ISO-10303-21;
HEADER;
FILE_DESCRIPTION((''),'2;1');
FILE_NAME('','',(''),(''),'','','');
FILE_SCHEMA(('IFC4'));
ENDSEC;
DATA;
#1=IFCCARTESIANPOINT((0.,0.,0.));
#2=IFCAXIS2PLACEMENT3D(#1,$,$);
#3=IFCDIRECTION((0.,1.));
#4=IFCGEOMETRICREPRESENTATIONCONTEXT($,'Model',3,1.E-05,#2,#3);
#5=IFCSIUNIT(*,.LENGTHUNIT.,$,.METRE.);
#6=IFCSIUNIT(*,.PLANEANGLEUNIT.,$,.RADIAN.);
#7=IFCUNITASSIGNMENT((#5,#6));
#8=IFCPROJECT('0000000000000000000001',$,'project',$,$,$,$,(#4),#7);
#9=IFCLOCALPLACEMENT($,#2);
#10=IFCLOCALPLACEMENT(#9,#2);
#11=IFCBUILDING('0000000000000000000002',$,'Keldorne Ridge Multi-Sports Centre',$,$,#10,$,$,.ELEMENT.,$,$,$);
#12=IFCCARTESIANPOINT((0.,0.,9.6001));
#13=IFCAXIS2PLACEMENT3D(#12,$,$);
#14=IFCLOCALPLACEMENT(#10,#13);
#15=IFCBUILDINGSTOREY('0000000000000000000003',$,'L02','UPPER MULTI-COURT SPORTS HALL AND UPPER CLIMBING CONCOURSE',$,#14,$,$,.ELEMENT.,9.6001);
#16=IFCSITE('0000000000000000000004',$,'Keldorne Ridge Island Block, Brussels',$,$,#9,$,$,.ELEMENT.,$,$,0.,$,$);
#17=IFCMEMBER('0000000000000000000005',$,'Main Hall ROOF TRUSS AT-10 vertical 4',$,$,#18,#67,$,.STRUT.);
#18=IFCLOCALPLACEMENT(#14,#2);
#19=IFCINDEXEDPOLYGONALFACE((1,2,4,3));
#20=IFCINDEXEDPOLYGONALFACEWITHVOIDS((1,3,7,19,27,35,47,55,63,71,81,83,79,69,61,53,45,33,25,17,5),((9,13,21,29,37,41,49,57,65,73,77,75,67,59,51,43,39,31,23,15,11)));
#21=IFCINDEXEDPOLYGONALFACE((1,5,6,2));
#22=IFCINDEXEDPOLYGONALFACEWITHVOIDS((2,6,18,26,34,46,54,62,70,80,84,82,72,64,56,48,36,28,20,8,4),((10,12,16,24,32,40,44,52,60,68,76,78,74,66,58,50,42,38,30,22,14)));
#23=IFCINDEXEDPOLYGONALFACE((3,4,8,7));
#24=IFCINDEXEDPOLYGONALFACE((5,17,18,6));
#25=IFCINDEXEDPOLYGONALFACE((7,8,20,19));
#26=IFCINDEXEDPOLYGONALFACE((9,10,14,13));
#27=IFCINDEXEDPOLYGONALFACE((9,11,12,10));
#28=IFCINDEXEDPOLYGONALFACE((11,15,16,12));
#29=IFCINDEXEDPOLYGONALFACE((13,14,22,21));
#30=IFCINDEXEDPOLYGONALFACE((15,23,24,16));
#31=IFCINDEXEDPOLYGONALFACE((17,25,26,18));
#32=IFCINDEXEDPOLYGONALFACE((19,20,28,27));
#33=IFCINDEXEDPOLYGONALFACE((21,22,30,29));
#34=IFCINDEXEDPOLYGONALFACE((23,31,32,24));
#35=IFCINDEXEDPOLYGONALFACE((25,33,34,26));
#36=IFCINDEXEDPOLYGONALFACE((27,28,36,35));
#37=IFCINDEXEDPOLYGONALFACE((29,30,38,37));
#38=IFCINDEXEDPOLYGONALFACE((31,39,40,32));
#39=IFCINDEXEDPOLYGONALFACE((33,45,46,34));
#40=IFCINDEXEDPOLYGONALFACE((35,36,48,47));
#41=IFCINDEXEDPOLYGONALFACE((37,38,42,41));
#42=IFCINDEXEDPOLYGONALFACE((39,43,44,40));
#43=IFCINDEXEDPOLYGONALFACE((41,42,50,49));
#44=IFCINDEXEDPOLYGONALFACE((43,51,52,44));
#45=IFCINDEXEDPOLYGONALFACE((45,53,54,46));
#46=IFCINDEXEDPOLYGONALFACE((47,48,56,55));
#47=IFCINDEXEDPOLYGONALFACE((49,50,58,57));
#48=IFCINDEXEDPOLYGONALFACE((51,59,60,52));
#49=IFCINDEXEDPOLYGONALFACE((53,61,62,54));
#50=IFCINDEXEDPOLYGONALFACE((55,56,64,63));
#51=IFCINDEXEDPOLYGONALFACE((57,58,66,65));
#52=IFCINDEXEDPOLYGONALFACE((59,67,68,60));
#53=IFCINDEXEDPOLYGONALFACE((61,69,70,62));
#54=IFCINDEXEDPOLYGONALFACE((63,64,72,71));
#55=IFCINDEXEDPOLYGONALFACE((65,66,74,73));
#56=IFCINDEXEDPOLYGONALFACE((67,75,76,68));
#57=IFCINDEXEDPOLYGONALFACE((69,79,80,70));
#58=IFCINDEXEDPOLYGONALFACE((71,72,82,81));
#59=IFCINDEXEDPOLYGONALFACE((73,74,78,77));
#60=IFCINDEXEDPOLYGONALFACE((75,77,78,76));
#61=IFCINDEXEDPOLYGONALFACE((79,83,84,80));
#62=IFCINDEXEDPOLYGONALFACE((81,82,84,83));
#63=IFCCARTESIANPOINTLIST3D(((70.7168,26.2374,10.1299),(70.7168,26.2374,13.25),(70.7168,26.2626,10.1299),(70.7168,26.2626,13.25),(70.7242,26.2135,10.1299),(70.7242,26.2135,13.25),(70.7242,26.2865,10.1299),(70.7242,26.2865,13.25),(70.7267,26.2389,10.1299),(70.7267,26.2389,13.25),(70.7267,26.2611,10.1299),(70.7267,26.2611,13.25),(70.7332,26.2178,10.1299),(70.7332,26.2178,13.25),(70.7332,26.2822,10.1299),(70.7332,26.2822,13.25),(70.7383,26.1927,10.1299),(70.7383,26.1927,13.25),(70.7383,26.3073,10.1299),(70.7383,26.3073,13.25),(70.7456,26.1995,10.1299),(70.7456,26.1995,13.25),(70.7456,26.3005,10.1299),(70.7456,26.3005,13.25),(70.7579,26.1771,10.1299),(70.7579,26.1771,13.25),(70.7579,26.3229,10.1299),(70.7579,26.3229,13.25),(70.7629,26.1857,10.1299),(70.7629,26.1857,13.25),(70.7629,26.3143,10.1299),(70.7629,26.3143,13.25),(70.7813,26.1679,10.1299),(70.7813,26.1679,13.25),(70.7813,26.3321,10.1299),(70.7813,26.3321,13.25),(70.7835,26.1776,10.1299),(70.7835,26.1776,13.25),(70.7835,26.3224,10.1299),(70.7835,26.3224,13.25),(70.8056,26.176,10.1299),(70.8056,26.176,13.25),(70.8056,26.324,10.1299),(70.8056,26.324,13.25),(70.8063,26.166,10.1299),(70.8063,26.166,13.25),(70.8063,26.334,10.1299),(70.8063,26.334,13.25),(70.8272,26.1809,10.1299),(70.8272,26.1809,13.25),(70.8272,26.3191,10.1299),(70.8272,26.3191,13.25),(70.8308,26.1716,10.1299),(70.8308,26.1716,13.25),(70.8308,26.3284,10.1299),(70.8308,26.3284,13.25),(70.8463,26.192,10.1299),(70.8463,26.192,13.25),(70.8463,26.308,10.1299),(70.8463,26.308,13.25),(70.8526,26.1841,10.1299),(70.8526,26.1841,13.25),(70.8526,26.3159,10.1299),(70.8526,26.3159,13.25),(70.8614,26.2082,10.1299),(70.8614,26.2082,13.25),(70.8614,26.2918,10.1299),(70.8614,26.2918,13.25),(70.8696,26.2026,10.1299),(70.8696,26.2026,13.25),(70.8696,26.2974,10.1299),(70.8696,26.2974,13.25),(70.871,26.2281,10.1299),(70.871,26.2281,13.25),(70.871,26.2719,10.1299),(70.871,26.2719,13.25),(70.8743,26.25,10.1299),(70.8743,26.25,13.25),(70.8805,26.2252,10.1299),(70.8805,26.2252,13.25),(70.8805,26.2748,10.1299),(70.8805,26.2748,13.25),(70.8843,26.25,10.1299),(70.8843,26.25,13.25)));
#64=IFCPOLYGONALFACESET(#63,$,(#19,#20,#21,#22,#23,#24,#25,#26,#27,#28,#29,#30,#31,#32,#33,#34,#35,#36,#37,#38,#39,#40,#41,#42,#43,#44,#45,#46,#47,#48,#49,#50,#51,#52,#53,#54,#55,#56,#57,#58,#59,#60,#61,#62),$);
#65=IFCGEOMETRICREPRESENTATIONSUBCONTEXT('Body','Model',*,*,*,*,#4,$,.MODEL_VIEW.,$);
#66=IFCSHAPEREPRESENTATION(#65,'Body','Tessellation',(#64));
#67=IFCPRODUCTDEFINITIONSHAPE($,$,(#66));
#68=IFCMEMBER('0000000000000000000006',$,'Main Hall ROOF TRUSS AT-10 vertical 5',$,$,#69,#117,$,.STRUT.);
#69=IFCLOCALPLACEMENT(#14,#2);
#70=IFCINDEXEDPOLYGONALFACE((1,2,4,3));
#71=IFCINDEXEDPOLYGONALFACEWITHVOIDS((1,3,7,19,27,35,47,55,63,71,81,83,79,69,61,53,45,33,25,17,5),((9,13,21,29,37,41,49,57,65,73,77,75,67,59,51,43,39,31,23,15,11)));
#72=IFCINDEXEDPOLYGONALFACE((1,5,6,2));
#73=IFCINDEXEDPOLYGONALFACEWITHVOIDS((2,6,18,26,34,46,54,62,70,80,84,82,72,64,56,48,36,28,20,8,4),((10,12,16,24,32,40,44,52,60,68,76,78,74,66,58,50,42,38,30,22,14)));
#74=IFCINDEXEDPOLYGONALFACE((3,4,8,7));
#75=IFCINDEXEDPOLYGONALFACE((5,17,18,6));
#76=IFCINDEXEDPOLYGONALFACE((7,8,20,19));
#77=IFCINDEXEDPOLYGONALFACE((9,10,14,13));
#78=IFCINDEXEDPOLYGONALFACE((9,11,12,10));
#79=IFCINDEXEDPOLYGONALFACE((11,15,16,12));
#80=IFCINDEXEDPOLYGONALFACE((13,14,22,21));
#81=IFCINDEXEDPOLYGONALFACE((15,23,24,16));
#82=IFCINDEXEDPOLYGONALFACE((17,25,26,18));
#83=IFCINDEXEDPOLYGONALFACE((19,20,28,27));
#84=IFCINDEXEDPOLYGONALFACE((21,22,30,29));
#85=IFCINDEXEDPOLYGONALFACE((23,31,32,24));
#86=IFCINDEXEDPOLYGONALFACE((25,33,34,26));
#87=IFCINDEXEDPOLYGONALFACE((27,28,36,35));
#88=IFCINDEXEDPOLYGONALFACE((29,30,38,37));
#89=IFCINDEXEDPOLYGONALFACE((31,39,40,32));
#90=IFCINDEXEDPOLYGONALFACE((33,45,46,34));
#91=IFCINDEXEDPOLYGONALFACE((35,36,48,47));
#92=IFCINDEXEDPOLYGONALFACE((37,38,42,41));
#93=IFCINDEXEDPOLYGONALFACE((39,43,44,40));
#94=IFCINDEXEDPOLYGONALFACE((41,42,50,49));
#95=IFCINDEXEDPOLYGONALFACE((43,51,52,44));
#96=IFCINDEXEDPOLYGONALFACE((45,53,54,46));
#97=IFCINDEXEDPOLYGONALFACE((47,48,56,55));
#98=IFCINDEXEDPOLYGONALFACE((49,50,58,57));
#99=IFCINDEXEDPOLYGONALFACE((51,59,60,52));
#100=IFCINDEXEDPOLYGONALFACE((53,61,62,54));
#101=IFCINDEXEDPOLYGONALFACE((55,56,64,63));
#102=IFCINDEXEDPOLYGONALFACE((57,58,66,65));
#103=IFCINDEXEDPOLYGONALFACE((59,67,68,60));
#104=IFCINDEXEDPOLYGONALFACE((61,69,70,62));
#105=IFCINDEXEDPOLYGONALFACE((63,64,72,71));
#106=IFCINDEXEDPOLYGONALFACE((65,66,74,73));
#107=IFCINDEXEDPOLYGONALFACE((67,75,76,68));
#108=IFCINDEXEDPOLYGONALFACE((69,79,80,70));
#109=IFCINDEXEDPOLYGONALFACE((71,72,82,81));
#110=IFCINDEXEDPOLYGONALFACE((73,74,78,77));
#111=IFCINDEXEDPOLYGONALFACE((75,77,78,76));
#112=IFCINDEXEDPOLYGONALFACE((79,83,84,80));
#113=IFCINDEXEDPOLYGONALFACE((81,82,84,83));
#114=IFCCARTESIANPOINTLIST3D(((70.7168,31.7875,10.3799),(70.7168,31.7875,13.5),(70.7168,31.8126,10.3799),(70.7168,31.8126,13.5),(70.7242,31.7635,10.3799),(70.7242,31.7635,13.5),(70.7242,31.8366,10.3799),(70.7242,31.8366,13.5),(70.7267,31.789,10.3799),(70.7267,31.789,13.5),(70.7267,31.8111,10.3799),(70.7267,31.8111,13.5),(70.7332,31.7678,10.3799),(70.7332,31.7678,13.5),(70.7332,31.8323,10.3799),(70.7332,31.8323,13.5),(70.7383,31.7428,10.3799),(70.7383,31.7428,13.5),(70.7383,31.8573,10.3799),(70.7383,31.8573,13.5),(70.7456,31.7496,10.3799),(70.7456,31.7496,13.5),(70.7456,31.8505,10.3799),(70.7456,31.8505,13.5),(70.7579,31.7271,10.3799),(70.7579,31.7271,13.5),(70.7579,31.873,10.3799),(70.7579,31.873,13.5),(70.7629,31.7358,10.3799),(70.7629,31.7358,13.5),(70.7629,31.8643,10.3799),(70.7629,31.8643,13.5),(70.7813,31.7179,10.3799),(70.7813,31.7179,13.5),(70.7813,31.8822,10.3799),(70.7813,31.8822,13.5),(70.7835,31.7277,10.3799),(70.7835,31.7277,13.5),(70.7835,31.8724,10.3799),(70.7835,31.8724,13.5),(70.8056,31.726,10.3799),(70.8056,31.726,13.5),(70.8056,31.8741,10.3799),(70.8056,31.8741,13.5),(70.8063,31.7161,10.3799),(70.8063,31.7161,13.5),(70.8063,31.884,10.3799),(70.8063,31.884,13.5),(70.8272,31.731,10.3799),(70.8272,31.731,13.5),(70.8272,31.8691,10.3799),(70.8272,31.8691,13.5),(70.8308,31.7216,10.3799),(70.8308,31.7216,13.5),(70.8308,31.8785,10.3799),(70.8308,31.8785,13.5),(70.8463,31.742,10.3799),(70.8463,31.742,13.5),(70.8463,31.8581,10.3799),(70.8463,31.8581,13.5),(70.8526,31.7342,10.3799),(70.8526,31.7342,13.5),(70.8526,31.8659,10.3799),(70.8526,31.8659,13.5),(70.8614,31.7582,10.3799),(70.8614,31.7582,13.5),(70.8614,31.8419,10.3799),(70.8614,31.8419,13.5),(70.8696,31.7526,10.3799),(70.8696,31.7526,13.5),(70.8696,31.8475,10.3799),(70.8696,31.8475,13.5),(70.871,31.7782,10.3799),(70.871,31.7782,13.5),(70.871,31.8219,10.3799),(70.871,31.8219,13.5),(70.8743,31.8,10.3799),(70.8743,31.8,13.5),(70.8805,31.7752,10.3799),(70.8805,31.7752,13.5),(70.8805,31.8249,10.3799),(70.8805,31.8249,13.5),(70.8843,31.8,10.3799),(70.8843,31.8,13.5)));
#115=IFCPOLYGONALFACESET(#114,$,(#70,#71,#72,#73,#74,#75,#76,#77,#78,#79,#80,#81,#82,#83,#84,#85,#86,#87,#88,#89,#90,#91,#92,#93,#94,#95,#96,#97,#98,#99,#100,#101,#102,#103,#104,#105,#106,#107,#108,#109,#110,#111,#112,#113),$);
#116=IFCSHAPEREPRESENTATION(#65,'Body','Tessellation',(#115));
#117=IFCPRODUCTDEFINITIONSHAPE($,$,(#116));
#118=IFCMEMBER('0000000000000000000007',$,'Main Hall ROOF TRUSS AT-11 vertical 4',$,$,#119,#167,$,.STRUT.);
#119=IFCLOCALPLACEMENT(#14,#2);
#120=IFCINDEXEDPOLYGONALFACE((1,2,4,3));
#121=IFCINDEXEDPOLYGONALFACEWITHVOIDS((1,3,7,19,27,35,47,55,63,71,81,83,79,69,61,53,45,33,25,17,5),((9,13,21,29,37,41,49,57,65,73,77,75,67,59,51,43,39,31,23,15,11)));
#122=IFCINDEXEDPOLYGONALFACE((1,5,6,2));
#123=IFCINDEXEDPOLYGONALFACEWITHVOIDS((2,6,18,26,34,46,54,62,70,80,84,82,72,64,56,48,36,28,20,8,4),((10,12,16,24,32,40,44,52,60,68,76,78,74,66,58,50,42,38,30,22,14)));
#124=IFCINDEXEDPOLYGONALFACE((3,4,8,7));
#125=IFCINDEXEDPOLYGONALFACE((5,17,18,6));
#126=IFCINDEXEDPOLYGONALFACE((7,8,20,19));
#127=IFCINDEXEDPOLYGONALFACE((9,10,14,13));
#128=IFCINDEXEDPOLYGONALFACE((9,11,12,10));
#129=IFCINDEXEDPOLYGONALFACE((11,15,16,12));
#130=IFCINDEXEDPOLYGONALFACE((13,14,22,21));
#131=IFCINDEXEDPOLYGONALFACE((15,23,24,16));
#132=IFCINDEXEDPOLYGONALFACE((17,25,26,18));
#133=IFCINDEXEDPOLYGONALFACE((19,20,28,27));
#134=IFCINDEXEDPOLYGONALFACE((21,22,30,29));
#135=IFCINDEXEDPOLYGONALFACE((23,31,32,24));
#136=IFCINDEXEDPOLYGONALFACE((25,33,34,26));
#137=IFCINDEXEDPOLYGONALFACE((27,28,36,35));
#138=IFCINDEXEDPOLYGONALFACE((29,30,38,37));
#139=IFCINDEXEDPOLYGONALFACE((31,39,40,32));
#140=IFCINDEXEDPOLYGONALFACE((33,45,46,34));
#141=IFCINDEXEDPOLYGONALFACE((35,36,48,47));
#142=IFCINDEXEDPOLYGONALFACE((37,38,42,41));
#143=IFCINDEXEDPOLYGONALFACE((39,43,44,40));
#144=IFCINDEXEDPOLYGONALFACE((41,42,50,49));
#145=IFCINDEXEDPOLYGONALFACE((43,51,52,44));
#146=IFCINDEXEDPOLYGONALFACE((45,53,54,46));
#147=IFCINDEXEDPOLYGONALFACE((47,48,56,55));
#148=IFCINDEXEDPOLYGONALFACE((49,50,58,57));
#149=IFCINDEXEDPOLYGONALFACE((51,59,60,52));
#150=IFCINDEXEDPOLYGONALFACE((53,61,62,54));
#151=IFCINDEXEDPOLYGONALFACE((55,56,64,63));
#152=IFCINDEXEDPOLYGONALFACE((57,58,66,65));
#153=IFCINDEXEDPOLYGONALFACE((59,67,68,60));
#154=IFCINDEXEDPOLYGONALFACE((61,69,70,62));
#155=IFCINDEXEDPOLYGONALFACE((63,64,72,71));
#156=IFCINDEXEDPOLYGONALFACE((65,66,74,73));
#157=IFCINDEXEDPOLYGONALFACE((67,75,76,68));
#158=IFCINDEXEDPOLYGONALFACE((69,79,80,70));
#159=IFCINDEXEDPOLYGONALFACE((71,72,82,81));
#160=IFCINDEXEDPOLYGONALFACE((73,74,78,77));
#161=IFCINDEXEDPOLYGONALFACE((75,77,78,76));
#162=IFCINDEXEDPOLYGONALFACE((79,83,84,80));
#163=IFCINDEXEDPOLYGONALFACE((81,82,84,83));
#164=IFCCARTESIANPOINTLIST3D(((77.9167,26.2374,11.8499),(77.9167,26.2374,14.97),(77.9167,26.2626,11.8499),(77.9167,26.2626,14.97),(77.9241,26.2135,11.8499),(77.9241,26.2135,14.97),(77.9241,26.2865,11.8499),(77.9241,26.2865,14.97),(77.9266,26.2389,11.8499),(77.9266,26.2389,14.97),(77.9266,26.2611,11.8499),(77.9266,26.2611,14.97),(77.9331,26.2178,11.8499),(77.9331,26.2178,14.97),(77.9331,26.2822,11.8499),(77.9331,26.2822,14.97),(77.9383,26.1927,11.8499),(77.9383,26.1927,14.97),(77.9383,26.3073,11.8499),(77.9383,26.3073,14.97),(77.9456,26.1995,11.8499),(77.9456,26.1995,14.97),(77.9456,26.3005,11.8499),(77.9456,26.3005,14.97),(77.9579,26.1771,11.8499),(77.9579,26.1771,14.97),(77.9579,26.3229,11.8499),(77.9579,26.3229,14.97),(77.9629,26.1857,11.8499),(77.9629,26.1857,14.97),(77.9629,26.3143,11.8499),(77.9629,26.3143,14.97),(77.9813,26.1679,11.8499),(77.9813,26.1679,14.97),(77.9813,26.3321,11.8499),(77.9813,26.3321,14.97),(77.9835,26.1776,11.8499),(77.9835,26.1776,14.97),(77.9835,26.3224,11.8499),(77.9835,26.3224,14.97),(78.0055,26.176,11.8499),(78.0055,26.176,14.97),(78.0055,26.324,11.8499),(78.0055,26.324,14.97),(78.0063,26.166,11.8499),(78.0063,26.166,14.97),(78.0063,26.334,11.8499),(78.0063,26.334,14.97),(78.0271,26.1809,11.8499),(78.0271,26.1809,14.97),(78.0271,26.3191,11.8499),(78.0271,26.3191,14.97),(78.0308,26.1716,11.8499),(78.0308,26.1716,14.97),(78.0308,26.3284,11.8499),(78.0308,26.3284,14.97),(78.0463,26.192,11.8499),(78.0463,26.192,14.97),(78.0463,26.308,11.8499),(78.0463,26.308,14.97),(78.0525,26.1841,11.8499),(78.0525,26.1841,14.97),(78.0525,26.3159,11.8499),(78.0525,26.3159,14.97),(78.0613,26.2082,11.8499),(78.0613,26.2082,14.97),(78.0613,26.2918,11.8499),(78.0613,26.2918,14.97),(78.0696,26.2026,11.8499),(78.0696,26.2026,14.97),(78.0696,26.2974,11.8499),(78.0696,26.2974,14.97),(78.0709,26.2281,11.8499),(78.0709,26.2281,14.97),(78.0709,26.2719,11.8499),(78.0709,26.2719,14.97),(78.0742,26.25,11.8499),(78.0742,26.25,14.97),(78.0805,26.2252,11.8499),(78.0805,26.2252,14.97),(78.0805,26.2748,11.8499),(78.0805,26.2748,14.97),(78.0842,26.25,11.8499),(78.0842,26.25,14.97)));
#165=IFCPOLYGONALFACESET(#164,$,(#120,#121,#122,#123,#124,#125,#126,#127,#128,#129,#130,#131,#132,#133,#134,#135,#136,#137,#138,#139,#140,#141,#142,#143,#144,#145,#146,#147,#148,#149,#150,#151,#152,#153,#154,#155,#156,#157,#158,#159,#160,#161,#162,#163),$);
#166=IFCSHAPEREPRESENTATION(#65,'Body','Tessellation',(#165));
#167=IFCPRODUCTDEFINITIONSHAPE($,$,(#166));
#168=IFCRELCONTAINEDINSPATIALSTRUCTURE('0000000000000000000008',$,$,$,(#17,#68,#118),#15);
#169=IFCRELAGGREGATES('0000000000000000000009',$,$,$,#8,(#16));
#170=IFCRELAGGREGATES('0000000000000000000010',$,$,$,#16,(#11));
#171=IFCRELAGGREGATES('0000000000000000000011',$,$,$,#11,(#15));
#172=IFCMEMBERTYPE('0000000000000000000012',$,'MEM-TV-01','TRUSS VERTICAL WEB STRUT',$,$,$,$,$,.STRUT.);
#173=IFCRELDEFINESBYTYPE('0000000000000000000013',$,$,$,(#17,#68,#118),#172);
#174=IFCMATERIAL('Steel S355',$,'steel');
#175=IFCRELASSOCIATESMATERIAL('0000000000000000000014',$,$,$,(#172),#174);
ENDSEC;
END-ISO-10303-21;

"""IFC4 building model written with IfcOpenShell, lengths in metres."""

from ifc_helpers import new_model, si_unit, direction, frame, origin, origin_2d, place, context, subcontext, project, spatial, hollow_circle, extrude, material, material_profile, profile_set, type_object, element, save


model = new_model("IFC4")

# Units and contexts
model_context = context("Model", 3, precision=1e-05, world=origin(), true_north=direction((0.0, 1.0)))
body_context = subcontext(model_context, "Body", "Model", "MODEL_VIEW")
ifc_project = project(units=[si_unit("LENGTHUNIT", "METRE"), si_unit("PLANEANGLEUNIT", "RADIAN")], contexts=[model_context])

# Site, building, storey
site_placement = place(None, origin())
site = spatial("IfcSite", under=ifc_project, at=site_placement, Name="Keldorne Ridge Island Block, Brussels", CompositionType="ELEMENT", RefElevation=0.0)
building_placement = place(site_placement, origin())
building = spatial("IfcBuilding", under=site, at=building_placement, Name="Keldorne Ridge Multi-Sports Centre", CompositionType="ELEMENT")
storey_placement = place(building_placement, frame((0.0, 0.0, 9.6001)))
storey = spatial("IfcBuildingStorey", under=building, at=storey_placement, Name="L02", Description="UPPER MULTI-COURT SPORTS HALL AND UPPER CLIMBING CONCOURSE", CompositionType="ELEMENT", Elevation=9.6001)

# Shared definitions
ifc_material = material(Name="Steel S355", Category="steel")

# Members
ifc_material_profile_1 = material_profile(ifc_material, hollow_circle(Radius=0.0842, WallThickness=0.01, at=origin_2d()), Name="CHS 168.3x10")
ifc_profile_set_1 = profile_set([ifc_material_profile_1], Name="Steel S355")
member_type_1 = type_object("IfcMemberType", Name="MEM-TV-01", Description="TRUSS VERTICAL WEB STRUT", PredefinedType="STRUT", material=ifc_profile_set_1)
for number, where, z_axis, x_axis, name in (
    (1, (70.8, 26.25, 10.1299), (0.0, 0.0, 1.0), (1.0, 0.0, 0.0), "Main Hall ROOF TRUSS AT-10 vertical 4"),
    (2, (70.8, 31.8, 10.3799), (0.0, 0.0, 1.0), (1.0, 0.0, 0.0), "Main Hall ROOF TRUSS AT-10 vertical 5"),
    (3, (78.0, 26.25, 11.8499), (0.0, 0.0, 1.0), (1.0, 0.0, 0.0), "Main Hall ROOF TRUSS AT-11 vertical 4"),
):
    element("IfcMember", number, at=place(storey_placement, frame(where, z_axis=z_axis, x_axis=x_axis)), inside=storey, type_object=member_type_1, Name=name, PredefinedType="STRUT", context=body_context, shape_type="SweptSolid", body=[
        extrude(hollow_circle(Radius=0.0842, WallThickness=0.01, at=origin_2d()), origin(), (0.0, 0.0, 1.0), 3.1201),
    ])

save(model, "model.ifc")
